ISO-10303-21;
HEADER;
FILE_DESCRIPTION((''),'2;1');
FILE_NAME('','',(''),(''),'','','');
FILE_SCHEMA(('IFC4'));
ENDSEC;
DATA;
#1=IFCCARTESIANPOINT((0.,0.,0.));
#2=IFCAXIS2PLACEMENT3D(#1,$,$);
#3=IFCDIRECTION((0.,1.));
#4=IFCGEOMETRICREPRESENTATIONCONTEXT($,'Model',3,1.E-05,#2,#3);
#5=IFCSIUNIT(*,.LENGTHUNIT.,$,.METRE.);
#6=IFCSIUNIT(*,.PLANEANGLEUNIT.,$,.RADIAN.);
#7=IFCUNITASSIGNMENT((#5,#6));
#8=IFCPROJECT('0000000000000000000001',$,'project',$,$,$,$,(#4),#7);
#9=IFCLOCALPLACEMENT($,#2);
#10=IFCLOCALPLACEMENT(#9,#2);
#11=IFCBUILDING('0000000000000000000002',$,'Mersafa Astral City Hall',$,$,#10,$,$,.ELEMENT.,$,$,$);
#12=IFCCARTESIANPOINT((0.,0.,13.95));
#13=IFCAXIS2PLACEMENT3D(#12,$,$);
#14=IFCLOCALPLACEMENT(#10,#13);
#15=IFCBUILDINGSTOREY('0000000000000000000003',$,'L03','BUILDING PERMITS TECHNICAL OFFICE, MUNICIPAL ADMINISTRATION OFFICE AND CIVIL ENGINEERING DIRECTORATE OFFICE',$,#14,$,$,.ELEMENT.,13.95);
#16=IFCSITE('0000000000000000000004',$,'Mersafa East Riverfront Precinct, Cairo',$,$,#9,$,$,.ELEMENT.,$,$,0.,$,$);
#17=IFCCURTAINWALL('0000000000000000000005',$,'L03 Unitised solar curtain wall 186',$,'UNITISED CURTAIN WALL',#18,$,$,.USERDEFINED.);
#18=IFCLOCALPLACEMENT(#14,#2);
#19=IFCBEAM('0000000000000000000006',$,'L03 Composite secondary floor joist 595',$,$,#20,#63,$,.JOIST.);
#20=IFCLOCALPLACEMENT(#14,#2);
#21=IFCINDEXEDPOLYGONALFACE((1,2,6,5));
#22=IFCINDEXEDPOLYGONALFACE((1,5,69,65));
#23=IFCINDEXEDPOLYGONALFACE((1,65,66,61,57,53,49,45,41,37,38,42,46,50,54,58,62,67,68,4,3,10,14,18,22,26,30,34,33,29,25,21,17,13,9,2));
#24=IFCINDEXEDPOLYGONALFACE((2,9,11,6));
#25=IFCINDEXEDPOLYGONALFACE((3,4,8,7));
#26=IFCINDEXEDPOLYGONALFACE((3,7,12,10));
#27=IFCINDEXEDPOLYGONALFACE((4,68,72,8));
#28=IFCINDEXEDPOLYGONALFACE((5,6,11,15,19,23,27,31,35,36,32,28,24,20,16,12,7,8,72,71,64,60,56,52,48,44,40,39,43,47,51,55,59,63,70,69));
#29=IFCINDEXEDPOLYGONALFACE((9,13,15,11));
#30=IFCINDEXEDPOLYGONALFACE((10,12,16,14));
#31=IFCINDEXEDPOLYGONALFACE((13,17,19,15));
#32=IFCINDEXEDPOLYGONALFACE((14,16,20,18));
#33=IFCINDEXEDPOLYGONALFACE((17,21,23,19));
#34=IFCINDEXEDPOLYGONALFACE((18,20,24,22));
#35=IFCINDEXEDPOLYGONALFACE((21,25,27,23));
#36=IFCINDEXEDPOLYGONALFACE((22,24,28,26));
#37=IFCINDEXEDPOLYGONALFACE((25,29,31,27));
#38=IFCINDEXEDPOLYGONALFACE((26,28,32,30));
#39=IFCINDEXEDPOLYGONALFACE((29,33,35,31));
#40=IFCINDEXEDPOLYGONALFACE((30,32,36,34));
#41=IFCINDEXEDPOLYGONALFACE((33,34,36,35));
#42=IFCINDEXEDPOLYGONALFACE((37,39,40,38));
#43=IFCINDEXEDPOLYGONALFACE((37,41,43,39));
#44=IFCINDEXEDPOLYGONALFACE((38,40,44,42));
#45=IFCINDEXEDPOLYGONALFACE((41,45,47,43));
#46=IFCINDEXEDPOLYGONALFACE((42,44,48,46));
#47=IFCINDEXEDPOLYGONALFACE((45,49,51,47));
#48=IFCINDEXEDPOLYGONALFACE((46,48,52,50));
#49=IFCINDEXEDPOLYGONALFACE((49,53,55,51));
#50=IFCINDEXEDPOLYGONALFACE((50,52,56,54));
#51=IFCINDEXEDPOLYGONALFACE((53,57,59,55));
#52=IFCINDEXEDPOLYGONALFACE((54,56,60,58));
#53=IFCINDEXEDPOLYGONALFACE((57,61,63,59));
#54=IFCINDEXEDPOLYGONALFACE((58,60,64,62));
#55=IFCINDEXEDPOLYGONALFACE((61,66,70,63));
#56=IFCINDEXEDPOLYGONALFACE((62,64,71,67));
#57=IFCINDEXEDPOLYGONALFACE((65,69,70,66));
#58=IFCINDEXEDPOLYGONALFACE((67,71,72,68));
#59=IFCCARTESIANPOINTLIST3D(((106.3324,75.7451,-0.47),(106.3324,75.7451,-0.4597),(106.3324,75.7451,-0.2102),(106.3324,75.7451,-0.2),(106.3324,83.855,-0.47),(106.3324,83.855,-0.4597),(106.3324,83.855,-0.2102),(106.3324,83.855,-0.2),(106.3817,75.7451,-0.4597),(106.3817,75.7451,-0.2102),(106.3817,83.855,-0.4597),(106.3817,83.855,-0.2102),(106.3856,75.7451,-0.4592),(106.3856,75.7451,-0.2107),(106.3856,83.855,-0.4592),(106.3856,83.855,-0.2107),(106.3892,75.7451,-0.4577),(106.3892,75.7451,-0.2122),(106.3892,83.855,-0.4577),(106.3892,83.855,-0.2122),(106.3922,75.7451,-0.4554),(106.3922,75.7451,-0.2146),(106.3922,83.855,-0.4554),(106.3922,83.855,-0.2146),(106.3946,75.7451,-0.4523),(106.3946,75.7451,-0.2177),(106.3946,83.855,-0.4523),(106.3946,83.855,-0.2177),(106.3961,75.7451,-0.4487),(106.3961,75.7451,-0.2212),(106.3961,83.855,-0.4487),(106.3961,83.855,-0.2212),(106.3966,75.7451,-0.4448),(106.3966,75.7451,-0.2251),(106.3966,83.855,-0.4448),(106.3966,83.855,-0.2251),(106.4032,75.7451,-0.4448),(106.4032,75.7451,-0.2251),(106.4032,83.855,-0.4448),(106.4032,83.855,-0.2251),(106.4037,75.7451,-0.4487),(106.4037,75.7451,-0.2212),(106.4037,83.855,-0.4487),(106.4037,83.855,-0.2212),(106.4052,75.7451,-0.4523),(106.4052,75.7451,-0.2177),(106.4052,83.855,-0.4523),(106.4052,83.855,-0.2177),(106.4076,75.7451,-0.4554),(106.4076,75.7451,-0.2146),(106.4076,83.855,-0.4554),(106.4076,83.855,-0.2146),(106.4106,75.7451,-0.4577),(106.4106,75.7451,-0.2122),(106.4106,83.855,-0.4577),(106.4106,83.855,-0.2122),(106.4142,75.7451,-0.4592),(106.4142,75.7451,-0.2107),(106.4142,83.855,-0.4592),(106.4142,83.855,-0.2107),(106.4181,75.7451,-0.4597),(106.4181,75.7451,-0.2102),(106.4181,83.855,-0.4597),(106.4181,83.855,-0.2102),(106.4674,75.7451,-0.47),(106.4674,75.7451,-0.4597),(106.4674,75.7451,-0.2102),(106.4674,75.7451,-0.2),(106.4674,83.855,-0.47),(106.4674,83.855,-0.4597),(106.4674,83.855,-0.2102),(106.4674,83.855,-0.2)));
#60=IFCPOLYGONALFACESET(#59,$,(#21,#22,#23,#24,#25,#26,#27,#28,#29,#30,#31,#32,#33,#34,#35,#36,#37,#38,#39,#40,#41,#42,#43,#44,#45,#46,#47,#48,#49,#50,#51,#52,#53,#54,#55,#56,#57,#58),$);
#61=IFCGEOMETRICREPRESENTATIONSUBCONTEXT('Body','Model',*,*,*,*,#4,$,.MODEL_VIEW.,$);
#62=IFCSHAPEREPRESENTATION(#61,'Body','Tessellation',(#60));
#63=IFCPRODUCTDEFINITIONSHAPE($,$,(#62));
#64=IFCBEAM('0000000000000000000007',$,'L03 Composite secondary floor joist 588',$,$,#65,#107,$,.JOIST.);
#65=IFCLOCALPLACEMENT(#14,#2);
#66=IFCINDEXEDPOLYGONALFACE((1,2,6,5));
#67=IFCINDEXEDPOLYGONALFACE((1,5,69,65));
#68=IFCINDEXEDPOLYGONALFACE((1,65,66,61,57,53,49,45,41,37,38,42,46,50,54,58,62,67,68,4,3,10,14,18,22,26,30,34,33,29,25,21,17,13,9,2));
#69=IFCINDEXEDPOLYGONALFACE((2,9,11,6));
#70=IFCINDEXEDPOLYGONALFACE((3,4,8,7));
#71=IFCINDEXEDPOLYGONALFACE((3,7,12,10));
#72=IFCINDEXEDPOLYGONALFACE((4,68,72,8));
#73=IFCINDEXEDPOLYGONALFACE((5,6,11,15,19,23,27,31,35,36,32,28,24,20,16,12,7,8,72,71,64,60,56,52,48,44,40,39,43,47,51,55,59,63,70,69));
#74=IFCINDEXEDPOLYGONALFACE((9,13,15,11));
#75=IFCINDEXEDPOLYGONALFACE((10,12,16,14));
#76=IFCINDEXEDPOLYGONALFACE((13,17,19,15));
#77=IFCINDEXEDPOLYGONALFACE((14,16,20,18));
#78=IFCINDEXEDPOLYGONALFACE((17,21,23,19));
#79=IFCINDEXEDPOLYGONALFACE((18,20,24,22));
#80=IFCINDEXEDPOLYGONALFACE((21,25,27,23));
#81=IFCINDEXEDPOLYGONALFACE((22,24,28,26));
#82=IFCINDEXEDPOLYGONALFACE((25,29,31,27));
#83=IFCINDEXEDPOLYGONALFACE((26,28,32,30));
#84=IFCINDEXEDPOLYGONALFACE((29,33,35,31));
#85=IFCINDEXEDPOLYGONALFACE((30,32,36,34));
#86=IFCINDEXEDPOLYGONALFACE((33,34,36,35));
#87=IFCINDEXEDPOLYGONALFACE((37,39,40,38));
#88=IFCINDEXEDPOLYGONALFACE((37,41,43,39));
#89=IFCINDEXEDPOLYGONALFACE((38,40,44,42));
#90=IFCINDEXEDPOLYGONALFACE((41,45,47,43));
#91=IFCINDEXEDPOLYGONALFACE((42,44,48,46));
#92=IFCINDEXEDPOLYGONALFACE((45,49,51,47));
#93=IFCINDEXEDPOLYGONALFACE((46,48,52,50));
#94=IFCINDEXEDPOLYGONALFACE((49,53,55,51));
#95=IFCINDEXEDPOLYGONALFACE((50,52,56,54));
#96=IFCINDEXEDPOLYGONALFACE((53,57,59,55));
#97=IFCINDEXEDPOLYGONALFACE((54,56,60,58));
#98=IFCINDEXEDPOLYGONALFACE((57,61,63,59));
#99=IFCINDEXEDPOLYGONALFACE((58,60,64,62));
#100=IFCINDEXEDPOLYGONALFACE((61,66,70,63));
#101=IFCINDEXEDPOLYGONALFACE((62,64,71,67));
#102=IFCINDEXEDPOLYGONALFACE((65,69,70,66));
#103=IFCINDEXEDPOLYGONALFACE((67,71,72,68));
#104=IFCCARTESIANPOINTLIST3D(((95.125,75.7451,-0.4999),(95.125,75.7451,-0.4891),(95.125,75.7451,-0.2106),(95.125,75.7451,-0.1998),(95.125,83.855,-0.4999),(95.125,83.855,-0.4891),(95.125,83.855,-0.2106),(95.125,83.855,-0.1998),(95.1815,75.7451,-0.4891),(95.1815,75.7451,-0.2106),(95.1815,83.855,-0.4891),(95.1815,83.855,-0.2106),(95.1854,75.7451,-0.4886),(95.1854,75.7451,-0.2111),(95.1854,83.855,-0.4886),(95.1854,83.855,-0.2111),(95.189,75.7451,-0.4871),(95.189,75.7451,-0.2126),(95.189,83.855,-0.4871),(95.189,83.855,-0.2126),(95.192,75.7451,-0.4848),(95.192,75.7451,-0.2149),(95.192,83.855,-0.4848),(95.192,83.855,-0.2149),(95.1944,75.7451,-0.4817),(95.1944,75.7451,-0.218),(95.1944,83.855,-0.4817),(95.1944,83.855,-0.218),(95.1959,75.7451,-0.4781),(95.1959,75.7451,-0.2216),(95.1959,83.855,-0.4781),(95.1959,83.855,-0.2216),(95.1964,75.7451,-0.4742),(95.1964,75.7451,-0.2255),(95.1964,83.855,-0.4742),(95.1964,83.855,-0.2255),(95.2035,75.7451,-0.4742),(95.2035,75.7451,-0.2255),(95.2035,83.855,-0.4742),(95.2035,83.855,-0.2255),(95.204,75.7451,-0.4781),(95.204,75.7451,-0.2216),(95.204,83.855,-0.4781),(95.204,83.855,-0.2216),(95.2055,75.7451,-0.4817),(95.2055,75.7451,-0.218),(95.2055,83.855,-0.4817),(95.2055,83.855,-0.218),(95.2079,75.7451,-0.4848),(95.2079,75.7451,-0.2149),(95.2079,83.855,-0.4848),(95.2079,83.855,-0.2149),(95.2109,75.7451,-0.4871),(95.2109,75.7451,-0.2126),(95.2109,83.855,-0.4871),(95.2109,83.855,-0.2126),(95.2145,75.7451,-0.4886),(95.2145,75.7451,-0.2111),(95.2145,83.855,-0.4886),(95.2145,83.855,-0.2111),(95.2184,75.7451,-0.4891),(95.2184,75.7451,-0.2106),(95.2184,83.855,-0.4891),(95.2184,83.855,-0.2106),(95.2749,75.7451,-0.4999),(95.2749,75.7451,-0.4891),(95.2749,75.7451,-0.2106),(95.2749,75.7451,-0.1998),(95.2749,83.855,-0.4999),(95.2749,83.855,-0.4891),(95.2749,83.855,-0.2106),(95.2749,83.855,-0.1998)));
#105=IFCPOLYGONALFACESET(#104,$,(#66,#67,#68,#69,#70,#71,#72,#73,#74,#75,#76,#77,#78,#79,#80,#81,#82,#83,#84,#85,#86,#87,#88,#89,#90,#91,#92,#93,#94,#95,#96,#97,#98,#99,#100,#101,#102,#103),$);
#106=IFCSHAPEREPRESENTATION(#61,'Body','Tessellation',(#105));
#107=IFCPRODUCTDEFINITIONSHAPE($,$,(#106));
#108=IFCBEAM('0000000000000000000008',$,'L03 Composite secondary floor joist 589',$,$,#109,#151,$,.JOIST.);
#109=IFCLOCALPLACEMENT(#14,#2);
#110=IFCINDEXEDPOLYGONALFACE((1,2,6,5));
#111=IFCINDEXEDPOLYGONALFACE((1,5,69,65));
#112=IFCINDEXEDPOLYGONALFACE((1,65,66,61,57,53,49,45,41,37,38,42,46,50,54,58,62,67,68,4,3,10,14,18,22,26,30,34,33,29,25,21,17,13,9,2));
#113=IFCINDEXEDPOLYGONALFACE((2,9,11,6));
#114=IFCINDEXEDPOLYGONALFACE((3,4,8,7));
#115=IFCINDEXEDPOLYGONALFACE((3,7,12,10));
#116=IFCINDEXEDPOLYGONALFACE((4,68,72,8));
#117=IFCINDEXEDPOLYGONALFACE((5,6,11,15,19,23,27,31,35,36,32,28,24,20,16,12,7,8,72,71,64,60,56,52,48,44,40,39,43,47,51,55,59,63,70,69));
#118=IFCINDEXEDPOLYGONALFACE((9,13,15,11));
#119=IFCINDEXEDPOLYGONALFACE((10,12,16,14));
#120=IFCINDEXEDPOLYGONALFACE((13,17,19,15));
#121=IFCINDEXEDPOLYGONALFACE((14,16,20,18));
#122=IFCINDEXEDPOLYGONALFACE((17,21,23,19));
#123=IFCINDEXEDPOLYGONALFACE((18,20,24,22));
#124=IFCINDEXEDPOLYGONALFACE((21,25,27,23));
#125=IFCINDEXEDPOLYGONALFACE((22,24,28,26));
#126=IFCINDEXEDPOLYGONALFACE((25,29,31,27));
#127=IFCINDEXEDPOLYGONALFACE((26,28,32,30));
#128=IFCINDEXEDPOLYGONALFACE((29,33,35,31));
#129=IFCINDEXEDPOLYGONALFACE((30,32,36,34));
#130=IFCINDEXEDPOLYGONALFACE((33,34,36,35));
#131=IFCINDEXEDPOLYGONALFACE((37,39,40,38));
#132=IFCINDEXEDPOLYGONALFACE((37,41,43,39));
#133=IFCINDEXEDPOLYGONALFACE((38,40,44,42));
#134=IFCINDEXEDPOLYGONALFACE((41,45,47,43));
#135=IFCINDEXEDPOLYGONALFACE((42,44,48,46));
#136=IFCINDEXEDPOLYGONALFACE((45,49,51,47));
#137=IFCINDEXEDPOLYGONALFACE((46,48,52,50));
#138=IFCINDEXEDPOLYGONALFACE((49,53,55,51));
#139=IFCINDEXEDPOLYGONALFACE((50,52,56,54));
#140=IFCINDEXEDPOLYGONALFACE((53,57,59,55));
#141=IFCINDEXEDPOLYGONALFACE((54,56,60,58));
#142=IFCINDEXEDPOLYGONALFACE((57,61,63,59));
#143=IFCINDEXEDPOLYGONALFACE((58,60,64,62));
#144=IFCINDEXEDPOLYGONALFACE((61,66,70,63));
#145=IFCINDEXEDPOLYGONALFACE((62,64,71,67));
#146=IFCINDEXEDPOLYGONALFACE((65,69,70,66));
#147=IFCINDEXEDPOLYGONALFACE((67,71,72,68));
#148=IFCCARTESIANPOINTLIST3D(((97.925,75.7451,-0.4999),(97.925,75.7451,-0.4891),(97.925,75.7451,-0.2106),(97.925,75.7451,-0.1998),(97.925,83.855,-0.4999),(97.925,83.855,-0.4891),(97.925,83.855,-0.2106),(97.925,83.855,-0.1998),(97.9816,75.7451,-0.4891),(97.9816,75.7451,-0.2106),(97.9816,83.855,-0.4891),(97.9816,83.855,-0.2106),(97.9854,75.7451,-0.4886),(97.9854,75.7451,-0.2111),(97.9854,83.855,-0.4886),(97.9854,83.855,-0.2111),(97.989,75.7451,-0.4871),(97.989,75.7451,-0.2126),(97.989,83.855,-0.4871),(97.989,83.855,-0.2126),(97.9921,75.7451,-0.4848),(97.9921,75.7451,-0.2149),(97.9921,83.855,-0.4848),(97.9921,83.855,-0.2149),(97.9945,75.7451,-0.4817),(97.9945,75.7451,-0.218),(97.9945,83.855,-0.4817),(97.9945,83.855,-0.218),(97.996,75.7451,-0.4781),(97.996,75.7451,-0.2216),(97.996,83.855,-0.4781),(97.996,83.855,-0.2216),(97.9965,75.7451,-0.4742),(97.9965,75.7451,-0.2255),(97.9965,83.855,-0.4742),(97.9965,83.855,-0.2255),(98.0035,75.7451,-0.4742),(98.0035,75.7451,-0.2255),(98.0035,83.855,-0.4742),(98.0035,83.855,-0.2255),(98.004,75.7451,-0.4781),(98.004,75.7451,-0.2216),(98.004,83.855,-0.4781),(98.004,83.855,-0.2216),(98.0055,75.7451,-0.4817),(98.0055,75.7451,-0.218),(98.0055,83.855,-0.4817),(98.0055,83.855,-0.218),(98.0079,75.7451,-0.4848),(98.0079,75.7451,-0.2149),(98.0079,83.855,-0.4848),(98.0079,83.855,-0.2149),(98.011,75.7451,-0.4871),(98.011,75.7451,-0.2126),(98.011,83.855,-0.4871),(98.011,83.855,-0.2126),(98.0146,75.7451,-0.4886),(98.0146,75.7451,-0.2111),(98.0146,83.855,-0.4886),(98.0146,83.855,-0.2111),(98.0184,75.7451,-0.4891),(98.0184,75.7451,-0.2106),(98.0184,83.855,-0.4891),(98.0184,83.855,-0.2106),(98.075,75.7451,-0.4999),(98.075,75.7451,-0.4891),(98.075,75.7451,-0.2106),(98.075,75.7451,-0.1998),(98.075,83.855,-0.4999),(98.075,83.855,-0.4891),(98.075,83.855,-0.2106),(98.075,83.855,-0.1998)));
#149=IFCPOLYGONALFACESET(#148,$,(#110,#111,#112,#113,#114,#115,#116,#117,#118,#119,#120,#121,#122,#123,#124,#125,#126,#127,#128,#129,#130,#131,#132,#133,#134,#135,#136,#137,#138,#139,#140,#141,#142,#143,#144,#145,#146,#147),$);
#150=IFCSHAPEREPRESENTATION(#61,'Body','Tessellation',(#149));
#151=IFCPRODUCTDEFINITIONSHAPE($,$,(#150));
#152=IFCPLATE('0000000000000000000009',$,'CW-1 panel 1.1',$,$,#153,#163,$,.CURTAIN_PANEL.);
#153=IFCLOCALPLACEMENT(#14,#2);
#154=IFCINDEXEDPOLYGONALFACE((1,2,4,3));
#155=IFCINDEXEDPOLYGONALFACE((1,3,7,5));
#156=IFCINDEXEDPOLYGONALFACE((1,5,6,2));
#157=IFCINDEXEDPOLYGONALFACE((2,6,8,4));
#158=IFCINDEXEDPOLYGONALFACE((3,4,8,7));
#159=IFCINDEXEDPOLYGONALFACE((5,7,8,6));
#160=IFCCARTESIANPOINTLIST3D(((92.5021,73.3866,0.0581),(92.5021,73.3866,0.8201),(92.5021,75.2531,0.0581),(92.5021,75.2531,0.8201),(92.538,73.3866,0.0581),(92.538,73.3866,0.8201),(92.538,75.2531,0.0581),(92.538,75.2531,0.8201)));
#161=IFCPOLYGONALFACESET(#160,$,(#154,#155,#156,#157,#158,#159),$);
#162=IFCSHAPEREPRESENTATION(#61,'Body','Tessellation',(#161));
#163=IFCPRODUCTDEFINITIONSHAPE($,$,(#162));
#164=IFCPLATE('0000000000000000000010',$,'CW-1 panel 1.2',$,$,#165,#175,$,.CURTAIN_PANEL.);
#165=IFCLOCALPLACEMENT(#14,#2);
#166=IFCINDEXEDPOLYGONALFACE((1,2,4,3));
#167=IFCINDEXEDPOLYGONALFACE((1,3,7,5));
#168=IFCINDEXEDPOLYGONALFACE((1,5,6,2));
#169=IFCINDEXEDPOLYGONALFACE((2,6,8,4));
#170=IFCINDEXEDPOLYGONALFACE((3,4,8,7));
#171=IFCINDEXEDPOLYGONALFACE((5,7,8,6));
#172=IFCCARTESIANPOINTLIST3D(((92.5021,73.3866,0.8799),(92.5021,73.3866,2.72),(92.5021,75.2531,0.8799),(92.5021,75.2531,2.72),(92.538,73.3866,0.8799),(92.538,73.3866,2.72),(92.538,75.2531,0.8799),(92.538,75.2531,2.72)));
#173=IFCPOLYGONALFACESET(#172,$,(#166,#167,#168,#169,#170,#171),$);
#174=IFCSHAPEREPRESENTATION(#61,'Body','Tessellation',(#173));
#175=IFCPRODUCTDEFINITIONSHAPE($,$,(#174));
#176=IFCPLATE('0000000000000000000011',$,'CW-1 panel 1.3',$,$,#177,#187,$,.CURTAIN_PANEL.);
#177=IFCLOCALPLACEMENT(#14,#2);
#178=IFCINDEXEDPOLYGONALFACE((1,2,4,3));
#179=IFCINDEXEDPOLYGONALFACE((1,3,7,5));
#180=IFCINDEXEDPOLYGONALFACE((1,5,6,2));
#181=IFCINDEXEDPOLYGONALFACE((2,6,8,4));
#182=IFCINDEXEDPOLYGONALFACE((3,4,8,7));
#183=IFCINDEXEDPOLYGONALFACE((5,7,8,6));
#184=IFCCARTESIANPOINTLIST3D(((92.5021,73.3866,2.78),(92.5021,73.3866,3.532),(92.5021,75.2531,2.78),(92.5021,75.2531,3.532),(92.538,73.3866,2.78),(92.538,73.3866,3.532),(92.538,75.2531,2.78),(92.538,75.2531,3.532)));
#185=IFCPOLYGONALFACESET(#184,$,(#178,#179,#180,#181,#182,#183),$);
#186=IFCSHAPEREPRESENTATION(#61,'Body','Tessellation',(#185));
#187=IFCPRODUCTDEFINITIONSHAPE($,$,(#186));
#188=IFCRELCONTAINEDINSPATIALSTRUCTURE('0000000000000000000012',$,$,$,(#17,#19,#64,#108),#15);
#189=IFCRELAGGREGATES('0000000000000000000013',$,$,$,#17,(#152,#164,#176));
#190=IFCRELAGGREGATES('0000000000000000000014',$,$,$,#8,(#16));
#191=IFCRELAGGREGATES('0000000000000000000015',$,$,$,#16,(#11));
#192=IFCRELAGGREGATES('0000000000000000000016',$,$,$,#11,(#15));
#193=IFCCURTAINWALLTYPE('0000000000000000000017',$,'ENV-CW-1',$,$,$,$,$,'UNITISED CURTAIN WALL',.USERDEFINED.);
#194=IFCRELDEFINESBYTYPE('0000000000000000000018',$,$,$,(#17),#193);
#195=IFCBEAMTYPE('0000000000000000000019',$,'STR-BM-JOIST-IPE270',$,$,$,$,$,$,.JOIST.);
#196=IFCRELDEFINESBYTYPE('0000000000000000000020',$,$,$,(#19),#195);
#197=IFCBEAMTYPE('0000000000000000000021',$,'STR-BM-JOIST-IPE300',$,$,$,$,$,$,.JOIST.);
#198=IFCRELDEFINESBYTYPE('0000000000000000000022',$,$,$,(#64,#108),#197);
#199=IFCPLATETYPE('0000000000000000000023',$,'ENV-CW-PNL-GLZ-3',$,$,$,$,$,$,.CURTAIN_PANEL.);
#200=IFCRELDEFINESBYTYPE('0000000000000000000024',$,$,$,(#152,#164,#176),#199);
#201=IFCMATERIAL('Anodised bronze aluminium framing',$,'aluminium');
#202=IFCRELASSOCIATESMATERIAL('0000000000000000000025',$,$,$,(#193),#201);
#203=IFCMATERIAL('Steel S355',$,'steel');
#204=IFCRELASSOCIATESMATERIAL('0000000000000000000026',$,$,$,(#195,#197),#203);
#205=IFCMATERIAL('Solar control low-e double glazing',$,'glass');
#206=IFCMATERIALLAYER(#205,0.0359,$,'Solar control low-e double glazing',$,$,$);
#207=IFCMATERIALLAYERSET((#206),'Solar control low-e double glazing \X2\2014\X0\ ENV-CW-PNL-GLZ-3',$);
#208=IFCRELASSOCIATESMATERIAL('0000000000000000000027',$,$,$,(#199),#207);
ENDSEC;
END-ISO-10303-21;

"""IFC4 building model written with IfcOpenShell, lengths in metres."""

from ifc_helpers import new_model, si_unit, direction, frame, origin, origin_2d, place, context, subcontext, project, spatial, rectangle, i_section, extrude, material, layer, layer_set, material_profile, profile_set, type_object, element, aggregate, save


model = new_model("IFC4")

# Units and contexts
model_context = context("Model", 3, precision=1e-05, world=origin(), true_north=direction((0.0, 1.0)))
body_context = subcontext(model_context, "Body", "Model", "MODEL_VIEW")
ifc_project = project(units=[si_unit("LENGTHUNIT", "METRE"), si_unit("PLANEANGLEUNIT", "RADIAN")], contexts=[model_context])

# Site, building, storey
site_placement = place(None, origin())
site = spatial("IfcSite", under=ifc_project, at=site_placement, Name="Mersafa East Riverfront Precinct, Cairo", CompositionType="ELEMENT", RefElevation=0.0)
building_placement = place(site_placement, origin())
building = spatial("IfcBuilding", under=site, at=building_placement, Name="Mersafa Astral City Hall", CompositionType="ELEMENT")
storey_placement = place(building_placement, frame((0.0, 0.0, 13.95)))
storey = spatial("IfcBuildingStorey", under=building, at=storey_placement, Name="L03", Description="BUILDING PERMITS TECHNICAL OFFICE, MUNICIPAL ADMINISTRATION OFFICE AND CIVIL ENGINEERING DIRECTORATE OFFICE", CompositionType="ELEMENT", Elevation=13.95)

# Curtain wall
ifc_material_1 = material(Name="Anodised bronze aluminium framing", Category="aluminium")
curtain_wall_type = type_object("IfcCurtainWallType", Name="ENV-CW-1", ElementType="UNITISED CURTAIN WALL", PredefinedType="USERDEFINED", material=ifc_material_1)
curtain_wall_placement = place(storey_placement, origin())
curtain_wall = element("IfcCurtainWall", 1, at=curtain_wall_placement, inside=storey, type_object=curtain_wall_type, Name="L03 Unitised solar curtain wall 186", ObjectType="UNITISED CURTAIN WALL", PredefinedType="USERDEFINED")

# Beams
ifc_material_2 = material(Name="Steel S355", Category="steel")
ifc_material_profile_1 = material_profile(ifc_material_2, i_section(OverallWidth=0.135, OverallDepth=0.27, WebThickness=0.0066, FlangeThickness=0.0103, FilletRadius=0.0149, at=origin_2d()), Name="IPE 270")
ifc_profile_set_1 = profile_set([ifc_material_profile_1], Name="Steel S355")
beam_type_1 = type_object("IfcBeamType", Name="STR-BM-JOIST-IPE270", PredefinedType="JOIST", material=ifc_profile_set_1)
for number, where, z_axis, x_axis, name in (
    (2, (106.3999, 75.7451, -0.335), (0.0, 1.0, 0.0), (-1.0, 0.0, 0.0), "L03 Composite secondary floor joist 595"),
):
    element("IfcBeam", number, at=place(storey_placement, frame(where, z_axis=z_axis, x_axis=x_axis)), inside=storey, type_object=beam_type_1, Name=name, PredefinedType="JOIST", context=body_context, shape_type="SweptSolid", body=[
        extrude(i_section(OverallWidth=0.135, OverallDepth=0.27, WebThickness=0.0066, FlangeThickness=0.0103, FilletRadius=0.0149, at=origin_2d()), origin(), (0.0, 0.0, 1.0), 8.1099),
    ])
ifc_material_profile_2 = material_profile(ifc_material_2, i_section(OverallWidth=0.1499, OverallDepth=0.3, WebThickness=0.0071, FlangeThickness=0.0107, FilletRadius=0.0149, at=origin_2d()), Name="IPE 300")
ifc_profile_set_2 = profile_set([ifc_material_profile_2], Name="Steel S355")
beam_type_2 = type_object("IfcBeamType", Name="STR-BM-JOIST-IPE300", PredefinedType="JOIST", material=ifc_profile_set_2)
for number, where, z_axis, x_axis, name in (
    (3, (95.2, 75.7451, -0.3499), (0.0, 1.0, 0.0), (-1.0, 0.0, 0.0), "L03 Composite secondary floor joist 588"),
    (4, (98.0, 75.7451, -0.3499), (0.0, 1.0, 0.0), (-1.0, 0.0, 0.0), "L03 Composite secondary floor joist 589"),
):
    element("IfcBeam", number, at=place(storey_placement, frame(where, z_axis=z_axis, x_axis=x_axis)), inside=storey, type_object=beam_type_2, Name=name, PredefinedType="JOIST", context=body_context, shape_type="SweptSolid", body=[
        extrude(i_section(OverallWidth=0.1499, OverallDepth=0.3, WebThickness=0.0071, FlangeThickness=0.0107, FilletRadius=0.0149, at=origin_2d()), origin(), (0.0, 0.0, 1.0), 8.1099),
    ])

# Plates
ifc_material_3 = material(Name="Solar control low-e double glazing", Category="glass")
ifc_layer_1 = layer(ifc_material_3, 0.0359, Name="Solar control low-e double glazing")
ifc_layer_set_1 = layer_set([ifc_layer_1], Name="Solar control low-e double glazing — ENV-CW-PNL-GLZ-3")
plate_type = type_object("IfcPlateType", Name="ENV-CW-PNL-GLZ-3", PredefinedType="CURTAIN_PANEL", material=ifc_layer_set_1)
plate_1_placement = place(storey_placement, frame((92.52, 74.3198, 0.0581), z_axis=(0.0, 0.0, 1.0), x_axis=(0.0, -1.0, 0.0)))
plate_1 = element("IfcPlate", 5, at=plate_1_placement, type_object=plate_type, Name="CW-1 panel 1.1", PredefinedType="CURTAIN_PANEL", context=body_context, shape_type="SweptSolid", body=[
    extrude(rectangle(XDim=1.8665, YDim=0.0359, at=origin_2d()), origin(), (0.0, 0.0, 1.0), 0.762),
])
plate_2_placement = place(storey_placement, frame((92.52, 74.3198, 0.8799), z_axis=(0.0, 0.0, 1.0), x_axis=(0.0, -1.0, 0.0)))
plate_2 = element("IfcPlate", 6, at=plate_2_placement, type_object=plate_type, Name="CW-1 panel 1.2", PredefinedType="CURTAIN_PANEL", context=body_context, shape_type="SweptSolid", body=[
    extrude(rectangle(XDim=1.8665, YDim=0.0359, at=origin_2d()), origin(), (0.0, 0.0, 1.0), 1.8401),
])
plate_3_placement = place(storey_placement, frame((92.52, 74.3198, 2.78), z_axis=(0.0, 0.0, 1.0), x_axis=(0.0, -1.0, 0.0)))
plate_3 = element("IfcPlate", 7, at=plate_3_placement, type_object=plate_type, Name="CW-1 panel 1.3", PredefinedType="CURTAIN_PANEL", context=body_context, shape_type="SweptSolid", body=[
    extrude(rectangle(XDim=1.8665, YDim=0.0359, at=origin_2d()), origin(), (0.0, 0.0, 1.0), 0.752),
])
aggregate(curtain_wall, [plate_1, plate_2, plate_3])

save(model, "model.ifc")
